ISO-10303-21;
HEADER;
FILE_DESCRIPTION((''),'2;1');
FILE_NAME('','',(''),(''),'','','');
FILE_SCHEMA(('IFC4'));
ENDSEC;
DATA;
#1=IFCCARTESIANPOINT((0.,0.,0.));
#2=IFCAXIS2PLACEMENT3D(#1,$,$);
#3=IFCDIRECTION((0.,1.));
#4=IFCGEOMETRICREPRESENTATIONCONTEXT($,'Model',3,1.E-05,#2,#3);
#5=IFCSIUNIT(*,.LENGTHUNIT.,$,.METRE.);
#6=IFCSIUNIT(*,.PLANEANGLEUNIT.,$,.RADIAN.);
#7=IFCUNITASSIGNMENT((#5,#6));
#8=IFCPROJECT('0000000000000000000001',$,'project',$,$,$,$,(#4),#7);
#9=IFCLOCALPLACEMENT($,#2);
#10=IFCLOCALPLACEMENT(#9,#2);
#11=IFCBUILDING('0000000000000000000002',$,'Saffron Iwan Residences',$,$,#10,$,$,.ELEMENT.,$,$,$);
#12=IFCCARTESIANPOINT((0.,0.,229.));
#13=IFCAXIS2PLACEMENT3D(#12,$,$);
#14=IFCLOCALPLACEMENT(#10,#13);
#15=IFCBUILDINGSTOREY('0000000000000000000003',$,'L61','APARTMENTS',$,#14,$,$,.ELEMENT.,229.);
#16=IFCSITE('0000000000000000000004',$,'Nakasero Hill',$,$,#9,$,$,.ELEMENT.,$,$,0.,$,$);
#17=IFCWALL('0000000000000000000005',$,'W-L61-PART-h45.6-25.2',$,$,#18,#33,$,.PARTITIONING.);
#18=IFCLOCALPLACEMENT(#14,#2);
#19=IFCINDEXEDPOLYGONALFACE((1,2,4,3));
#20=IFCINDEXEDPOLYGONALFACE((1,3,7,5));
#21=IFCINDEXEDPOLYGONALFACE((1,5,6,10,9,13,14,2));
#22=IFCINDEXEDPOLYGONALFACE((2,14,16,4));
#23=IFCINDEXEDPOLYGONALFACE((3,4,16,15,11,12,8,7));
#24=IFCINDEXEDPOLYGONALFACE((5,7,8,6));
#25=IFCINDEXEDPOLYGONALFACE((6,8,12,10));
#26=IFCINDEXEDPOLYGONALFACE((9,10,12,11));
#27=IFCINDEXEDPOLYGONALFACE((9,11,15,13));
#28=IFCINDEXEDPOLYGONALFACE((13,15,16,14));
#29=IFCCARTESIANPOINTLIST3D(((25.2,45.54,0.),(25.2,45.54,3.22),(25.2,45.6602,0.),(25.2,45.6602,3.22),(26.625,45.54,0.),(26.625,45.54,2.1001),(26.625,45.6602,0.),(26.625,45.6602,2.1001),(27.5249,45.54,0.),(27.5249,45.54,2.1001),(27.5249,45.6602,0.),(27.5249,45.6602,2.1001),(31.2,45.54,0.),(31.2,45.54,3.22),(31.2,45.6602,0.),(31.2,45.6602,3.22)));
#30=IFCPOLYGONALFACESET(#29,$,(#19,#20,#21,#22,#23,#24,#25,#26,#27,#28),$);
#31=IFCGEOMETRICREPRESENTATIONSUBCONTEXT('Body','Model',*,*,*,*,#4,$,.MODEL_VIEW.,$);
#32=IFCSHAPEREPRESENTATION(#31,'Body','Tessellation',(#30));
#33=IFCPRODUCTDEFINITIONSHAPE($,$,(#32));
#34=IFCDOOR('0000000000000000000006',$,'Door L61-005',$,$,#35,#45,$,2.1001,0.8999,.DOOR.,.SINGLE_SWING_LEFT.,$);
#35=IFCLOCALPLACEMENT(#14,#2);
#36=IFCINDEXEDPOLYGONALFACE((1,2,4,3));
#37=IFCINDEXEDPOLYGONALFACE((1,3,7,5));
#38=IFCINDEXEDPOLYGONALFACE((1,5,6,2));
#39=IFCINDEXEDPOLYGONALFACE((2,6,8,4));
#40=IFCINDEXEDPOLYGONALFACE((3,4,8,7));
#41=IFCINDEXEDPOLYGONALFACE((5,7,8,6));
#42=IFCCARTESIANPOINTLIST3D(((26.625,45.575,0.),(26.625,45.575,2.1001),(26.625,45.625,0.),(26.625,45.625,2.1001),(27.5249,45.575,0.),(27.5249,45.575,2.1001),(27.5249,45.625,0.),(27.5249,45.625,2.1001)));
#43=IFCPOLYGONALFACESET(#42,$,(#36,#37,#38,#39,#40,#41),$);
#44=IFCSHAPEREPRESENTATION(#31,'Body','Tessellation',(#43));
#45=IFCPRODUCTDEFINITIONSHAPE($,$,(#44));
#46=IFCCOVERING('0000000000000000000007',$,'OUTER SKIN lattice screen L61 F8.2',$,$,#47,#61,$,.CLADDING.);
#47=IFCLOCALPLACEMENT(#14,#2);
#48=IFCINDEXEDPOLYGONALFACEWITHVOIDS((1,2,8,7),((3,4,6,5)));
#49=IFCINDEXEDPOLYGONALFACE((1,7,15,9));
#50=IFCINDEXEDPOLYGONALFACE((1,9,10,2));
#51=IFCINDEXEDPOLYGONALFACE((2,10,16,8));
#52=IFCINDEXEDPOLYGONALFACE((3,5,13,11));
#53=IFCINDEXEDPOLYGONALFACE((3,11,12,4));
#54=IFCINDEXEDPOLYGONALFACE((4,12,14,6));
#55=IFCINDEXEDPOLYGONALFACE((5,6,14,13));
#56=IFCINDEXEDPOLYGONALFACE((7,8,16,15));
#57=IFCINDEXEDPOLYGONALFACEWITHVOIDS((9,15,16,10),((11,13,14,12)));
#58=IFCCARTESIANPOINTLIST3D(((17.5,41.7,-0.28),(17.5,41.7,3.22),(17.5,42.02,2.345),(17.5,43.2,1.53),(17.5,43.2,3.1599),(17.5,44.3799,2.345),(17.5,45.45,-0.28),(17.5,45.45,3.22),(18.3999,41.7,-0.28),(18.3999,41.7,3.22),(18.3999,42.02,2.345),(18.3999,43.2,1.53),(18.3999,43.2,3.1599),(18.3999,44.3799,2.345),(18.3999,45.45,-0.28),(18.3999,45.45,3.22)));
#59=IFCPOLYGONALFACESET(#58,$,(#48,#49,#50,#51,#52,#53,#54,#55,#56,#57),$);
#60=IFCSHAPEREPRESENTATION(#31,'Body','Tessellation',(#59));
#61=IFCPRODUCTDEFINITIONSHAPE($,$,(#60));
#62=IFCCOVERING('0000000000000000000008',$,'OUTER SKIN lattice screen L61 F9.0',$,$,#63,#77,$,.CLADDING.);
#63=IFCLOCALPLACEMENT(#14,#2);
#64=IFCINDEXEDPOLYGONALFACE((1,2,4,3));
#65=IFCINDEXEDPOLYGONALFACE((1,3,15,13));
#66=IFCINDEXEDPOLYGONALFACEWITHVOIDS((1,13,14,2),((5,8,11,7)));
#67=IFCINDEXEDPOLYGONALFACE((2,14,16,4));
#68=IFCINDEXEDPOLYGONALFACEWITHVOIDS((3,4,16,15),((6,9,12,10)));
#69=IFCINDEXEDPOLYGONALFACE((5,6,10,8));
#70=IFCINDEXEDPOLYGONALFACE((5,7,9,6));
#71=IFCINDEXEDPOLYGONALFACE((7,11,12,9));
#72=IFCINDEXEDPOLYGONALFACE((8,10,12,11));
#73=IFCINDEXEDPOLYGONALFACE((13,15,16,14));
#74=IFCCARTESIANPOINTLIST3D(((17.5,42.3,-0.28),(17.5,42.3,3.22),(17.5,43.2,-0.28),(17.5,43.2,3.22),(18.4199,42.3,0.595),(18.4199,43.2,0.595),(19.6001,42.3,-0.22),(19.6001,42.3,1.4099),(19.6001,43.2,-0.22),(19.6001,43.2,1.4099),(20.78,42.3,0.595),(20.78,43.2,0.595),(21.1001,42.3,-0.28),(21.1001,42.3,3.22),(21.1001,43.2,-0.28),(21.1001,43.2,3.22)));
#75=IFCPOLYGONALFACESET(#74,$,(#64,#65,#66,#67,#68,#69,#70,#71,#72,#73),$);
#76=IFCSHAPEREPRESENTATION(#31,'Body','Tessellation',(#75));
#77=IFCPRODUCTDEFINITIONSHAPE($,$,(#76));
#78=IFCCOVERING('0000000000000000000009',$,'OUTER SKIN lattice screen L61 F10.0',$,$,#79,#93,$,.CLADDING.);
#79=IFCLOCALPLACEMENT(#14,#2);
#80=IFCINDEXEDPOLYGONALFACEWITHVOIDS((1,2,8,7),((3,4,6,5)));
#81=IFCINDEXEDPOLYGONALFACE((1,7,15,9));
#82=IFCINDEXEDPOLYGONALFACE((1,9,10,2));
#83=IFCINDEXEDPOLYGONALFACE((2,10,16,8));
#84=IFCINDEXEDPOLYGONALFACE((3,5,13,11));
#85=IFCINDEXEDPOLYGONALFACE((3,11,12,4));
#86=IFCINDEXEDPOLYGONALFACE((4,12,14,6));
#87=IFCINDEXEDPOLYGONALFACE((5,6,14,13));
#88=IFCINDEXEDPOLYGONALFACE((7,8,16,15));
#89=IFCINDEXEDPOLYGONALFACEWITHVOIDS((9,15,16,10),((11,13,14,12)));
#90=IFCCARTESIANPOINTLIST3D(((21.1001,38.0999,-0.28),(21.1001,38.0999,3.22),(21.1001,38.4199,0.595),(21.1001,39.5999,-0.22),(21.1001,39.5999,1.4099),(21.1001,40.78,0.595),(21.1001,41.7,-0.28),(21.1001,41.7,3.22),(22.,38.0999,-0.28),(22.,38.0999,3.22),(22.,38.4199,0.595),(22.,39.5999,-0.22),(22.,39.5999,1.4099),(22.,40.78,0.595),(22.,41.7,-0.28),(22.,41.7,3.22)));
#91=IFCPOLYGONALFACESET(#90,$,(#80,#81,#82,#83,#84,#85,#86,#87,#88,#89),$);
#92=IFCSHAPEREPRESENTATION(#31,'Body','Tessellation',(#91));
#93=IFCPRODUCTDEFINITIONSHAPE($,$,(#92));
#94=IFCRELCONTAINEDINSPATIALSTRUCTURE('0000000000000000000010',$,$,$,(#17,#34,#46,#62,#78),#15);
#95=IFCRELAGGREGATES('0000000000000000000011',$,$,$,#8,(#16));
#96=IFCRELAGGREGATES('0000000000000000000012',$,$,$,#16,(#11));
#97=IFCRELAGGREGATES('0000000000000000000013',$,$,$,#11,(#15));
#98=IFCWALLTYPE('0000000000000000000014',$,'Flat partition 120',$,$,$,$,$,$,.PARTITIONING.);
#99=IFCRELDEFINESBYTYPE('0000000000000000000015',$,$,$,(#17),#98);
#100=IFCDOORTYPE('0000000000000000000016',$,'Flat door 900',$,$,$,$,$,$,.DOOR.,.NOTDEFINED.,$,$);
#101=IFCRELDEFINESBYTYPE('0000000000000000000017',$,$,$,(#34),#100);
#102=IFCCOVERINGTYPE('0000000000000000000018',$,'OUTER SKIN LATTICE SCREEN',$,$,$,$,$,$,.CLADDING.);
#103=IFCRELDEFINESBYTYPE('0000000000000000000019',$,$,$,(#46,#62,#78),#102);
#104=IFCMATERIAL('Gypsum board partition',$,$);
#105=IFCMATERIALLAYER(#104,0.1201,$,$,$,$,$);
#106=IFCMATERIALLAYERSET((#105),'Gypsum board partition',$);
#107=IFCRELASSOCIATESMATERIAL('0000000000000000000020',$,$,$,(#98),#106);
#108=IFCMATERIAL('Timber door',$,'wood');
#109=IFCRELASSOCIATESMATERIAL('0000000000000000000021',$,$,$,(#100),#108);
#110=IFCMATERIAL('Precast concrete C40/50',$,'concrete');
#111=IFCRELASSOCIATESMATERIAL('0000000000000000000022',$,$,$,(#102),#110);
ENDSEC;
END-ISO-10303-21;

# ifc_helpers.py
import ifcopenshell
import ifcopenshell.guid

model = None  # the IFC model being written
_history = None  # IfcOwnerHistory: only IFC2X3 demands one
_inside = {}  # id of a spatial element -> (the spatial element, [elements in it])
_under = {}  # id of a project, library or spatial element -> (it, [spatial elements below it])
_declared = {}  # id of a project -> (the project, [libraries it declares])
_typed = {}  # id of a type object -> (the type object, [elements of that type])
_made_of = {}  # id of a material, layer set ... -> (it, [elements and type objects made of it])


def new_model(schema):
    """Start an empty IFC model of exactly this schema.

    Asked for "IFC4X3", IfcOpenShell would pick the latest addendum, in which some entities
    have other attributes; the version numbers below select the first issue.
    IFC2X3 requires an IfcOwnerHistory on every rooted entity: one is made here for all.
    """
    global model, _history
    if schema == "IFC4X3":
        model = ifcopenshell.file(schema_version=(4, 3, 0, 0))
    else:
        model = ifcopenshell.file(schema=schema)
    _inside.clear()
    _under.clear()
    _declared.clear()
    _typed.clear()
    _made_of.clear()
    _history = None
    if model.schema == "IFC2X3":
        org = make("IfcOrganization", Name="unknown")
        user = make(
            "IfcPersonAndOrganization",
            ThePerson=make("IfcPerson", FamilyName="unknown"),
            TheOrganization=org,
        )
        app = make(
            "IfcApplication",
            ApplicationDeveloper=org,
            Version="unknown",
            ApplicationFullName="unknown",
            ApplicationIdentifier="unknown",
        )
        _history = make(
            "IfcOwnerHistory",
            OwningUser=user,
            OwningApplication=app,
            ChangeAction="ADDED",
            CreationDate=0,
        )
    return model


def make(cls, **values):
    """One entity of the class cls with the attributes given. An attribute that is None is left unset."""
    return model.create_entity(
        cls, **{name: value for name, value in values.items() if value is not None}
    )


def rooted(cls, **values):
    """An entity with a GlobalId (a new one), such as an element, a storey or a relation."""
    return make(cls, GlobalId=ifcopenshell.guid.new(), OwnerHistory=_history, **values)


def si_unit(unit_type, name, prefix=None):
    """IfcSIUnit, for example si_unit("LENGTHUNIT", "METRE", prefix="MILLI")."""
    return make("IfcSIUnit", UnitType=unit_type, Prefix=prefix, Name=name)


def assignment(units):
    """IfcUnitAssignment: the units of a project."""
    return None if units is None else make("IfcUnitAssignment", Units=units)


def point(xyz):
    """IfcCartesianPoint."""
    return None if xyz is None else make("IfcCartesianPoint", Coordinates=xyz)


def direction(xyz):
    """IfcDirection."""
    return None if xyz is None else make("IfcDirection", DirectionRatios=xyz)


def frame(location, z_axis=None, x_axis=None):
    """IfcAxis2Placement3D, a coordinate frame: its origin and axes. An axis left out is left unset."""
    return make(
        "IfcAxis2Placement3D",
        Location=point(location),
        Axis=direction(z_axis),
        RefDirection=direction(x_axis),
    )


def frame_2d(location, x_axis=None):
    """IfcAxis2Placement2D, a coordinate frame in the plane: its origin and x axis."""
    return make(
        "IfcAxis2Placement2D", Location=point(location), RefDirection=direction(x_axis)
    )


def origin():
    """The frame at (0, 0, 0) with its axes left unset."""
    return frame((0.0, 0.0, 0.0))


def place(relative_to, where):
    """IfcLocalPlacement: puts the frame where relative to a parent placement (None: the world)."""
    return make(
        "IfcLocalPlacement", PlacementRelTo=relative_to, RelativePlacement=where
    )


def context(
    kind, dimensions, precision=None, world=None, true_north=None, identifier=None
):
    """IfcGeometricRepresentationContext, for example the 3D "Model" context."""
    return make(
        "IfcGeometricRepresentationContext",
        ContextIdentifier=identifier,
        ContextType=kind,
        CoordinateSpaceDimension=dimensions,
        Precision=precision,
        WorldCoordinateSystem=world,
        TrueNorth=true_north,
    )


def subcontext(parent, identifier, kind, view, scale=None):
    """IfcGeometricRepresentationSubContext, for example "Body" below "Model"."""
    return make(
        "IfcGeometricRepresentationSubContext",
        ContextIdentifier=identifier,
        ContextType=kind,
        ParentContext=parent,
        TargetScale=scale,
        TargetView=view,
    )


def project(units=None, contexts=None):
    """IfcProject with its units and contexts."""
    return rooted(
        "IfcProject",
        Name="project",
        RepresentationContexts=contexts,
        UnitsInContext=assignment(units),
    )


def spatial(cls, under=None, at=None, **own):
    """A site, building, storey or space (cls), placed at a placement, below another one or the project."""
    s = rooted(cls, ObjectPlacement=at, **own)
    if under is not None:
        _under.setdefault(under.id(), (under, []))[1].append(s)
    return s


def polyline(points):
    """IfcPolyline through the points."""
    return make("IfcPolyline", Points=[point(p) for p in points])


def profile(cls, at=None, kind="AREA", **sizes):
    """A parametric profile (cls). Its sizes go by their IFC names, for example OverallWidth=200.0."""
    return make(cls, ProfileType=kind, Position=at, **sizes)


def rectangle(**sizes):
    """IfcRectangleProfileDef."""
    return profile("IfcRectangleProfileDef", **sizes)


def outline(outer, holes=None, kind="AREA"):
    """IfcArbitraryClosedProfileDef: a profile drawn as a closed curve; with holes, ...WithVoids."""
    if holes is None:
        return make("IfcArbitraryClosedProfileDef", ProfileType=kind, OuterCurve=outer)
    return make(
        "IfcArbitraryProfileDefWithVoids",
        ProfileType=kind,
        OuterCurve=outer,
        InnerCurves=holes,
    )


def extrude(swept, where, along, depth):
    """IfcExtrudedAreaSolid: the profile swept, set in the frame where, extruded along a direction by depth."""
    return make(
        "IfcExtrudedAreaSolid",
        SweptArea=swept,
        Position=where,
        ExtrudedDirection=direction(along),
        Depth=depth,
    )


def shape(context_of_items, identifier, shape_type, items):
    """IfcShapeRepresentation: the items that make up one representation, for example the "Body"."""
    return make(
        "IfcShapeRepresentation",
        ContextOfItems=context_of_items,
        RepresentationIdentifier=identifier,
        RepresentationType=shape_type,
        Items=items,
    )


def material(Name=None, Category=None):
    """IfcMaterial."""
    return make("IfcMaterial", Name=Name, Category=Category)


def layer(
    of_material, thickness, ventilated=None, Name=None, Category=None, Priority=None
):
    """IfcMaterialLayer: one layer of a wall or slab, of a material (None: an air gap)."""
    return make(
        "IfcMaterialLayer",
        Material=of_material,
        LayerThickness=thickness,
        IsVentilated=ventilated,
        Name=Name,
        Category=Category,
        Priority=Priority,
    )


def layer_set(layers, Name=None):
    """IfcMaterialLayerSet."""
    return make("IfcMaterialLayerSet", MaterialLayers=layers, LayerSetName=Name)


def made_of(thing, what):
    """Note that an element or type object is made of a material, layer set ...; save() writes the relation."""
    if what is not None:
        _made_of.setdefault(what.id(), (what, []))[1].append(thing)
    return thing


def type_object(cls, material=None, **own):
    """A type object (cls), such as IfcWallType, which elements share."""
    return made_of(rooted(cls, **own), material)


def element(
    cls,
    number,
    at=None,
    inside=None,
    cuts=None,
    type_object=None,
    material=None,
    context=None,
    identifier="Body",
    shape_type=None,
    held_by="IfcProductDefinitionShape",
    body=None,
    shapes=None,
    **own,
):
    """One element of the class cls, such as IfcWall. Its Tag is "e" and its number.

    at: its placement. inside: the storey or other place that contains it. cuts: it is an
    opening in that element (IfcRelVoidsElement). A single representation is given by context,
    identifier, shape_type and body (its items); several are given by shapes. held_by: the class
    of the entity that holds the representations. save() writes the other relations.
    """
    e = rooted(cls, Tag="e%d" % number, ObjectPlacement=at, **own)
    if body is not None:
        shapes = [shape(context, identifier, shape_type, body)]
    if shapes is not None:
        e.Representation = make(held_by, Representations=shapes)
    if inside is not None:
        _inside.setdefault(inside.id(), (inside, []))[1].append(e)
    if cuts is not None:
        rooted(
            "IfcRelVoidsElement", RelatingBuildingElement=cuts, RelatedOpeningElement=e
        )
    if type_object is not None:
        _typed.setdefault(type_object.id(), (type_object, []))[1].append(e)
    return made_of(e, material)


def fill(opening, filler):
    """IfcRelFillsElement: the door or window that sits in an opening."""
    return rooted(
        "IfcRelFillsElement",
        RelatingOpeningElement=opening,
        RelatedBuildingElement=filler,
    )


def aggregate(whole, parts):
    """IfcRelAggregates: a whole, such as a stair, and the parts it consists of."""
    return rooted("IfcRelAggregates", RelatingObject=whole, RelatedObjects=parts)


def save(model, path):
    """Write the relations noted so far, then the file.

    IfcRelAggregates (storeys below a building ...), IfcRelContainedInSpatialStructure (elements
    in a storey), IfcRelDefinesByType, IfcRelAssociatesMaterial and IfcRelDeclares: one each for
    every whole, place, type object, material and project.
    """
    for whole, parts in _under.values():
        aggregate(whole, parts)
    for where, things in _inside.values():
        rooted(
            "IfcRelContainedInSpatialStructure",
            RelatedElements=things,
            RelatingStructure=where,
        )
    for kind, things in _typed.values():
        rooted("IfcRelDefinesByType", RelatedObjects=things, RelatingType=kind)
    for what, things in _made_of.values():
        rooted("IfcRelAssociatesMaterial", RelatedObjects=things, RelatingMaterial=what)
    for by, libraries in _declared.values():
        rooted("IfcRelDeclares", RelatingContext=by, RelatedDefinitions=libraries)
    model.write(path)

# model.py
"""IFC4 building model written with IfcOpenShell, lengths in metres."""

from ifc_helpers import new_model, si_unit, direction, frame, frame_2d, origin, place, context, subcontext, project, spatial, polyline, rectangle, outline, extrude, material, layer, layer_set, type_object, element, fill, save


model = new_model("IFC4")

# Units and contexts
model_context = context("Model", 3, precision=1e-05, world=origin(), true_north=direction((0.0, 1.0)))
body_context = subcontext(model_context, "Body", "Model", "MODEL_VIEW")
ifc_project = project(units=[si_unit("LENGTHUNIT", "METRE"), si_unit("PLANEANGLEUNIT", "RADIAN")], contexts=[model_context])

# Site, building, storey
site_placement = place(None, origin())
site = spatial("IfcSite", under=ifc_project, at=site_placement, Name="Nakasero Hill", CompositionType="ELEMENT", RefElevation=0.0)
building_placement = place(site_placement, origin())
building = spatial("IfcBuilding", under=site, at=building_placement, Name="Saffron Iwan Residences", CompositionType="ELEMENT")
storey_placement = place(building_placement, frame((0.0, 0.0, 229.0)))
storey = spatial("IfcBuildingStorey", under=building, at=storey_placement, Name="L61", Description="APARTMENTS", CompositionType="ELEMENT", Elevation=229.0)

# Shared definitions
ifc_material_1 = material(Name="Gypsum board partition")
ifc_layer_1 = layer(ifc_material_1, 0.1201)
ifc_layer_set_1 = layer_set([ifc_layer_1], Name="Gypsum board partition")
wall_type_1 = type_object("IfcWallType", Name="Flat partition 120", PredefinedType="PARTITIONING", material=ifc_layer_set_1)
ifc_material_2 = material(Name="Timber door", Category="wood")
door_type = type_object("IfcDoorType", Name="Flat door 900", OperationType="NOTDEFINED", PredefinedType="DOOR", material=ifc_material_2)

# Wall, opening, door
wall_1_placement = place(storey_placement, frame((25.2, 45.6001, 0.0), z_axis=(0.0, 0.0, 1.0), x_axis=(1.0, 0.0, 0.0)))
wall_1 = element("IfcWall", 1, at=wall_1_placement, inside=storey, type_object=wall_type_1, Name="W-L61-PART-h45.6-25.2", PredefinedType="PARTITIONING", context=body_context, shape_type="SweptSolid", body=[
    extrude(rectangle(XDim=6.0, YDim=0.1201, at=frame_2d((3.0, 0.0))), origin(), (0.0, 0.0, 1.0), 3.22),
])
opening_1_placement = place(wall_1_placement, frame((1.425, 0.0, 0.0)))
opening_1 = element("IfcOpeningElement", 2, at=opening_1_placement, cuts=wall_1, PredefinedType="OPENING", context=body_context, shape_type="SweptSolid", body=[
    extrude(rectangle(XDim=0.8999, YDim=2.1001, at=frame_2d((0.45, 1.05))), frame((0.0, 0.0701, 0.0), z_axis=(0.0, -1.0, 0.0), x_axis=(1.0, 0.0, 0.0)), (0.0, 0.0, 1.0), 0.1401),
])
door_1_placement = place(opening_1_placement, origin())
door_1 = element("IfcDoor", 3, at=door_1_placement, inside=storey, type_object=door_type, Name="Door L61-005", OperationType="SINGLE_SWING_LEFT", OverallHeight=2.1001, OverallWidth=0.8999, PredefinedType="DOOR", context=body_context, shape_type="SweptSolid", body=[
    extrude(rectangle(XDim=0.8999, YDim=2.1001, at=frame_2d((0.45, 1.05))), frame((0.0, 0.0249, 0.0), z_axis=(0.0, -1.0, 0.0), x_axis=(1.0, 0.0, 0.0)), (0.0, 0.0, 1.0), 0.05),
])
fill(opening_1, door_1)

# Coverings
ifc_material_3 = material(Name="Precast concrete C40/50", Category="concrete")
covering_type = type_object("IfcCoveringType", Name="OUTER SKIN LATTICE SCREEN", PredefinedType="CLADDING", material=ifc_material_3)
covering_placement = place(storey_placement, frame((18.3999, 45.45, -0.28), z_axis=(-1.0, 0.0, 0.0), x_axis=(0.0, -1.0, 0.0)))
element("IfcCovering", 4, at=covering_placement, inside=storey, type_object=covering_type, Name="OUTER SKIN lattice screen L61 F8.2", PredefinedType="CLADDING", context=body_context, shape_type="SweptSolid", body=[
    extrude(outline(polyline([(0.0, 0.0), (3.75, 0.0), (3.75, 3.5), (0.0, 3.5), (0.0, 0.0)]), holes=[polyline([(1.0701, 2.625), (2.25, 1.8101), (3.4299, 2.625), (2.25, 3.4399), (1.0701, 2.625)])]), origin(), (0.0, 0.0, 1.0), 0.8999),
])
for number, where, z_axis, x_axis, name in (
    (5, (17.5, 43.2, -0.28), (0.0, -1.0, 0.0), (1.0, 0.0, 0.0), "OUTER SKIN lattice screen L61 F9.0"),
    (6, (22.0, 41.7, -0.28), (-1.0, 0.0, 0.0), (0.0, -1.0, 0.0), "OUTER SKIN lattice screen L61 F10.0"),
):
    element("IfcCovering", number, at=place(storey_placement, frame(where, z_axis=z_axis, x_axis=x_axis)), inside=storey, type_object=covering_type, Name=name, PredefinedType="CLADDING", context=body_context, shape_type="SweptSolid", body=[
        extrude(outline(polyline([(0.0, 0.0), (3.6001, 0.0), (3.6001, 3.5), (0.0, 3.5), (0.0, 0.0)]), holes=[polyline([(0.9199, 0.875), (2.1001, 0.0601), (3.28, 0.875), (2.1001, 1.6899), (0.9199, 0.875)])]), origin(), (0.0, 0.0, 1.0), 0.8999),
    ])

save(model, "model.ifc")
